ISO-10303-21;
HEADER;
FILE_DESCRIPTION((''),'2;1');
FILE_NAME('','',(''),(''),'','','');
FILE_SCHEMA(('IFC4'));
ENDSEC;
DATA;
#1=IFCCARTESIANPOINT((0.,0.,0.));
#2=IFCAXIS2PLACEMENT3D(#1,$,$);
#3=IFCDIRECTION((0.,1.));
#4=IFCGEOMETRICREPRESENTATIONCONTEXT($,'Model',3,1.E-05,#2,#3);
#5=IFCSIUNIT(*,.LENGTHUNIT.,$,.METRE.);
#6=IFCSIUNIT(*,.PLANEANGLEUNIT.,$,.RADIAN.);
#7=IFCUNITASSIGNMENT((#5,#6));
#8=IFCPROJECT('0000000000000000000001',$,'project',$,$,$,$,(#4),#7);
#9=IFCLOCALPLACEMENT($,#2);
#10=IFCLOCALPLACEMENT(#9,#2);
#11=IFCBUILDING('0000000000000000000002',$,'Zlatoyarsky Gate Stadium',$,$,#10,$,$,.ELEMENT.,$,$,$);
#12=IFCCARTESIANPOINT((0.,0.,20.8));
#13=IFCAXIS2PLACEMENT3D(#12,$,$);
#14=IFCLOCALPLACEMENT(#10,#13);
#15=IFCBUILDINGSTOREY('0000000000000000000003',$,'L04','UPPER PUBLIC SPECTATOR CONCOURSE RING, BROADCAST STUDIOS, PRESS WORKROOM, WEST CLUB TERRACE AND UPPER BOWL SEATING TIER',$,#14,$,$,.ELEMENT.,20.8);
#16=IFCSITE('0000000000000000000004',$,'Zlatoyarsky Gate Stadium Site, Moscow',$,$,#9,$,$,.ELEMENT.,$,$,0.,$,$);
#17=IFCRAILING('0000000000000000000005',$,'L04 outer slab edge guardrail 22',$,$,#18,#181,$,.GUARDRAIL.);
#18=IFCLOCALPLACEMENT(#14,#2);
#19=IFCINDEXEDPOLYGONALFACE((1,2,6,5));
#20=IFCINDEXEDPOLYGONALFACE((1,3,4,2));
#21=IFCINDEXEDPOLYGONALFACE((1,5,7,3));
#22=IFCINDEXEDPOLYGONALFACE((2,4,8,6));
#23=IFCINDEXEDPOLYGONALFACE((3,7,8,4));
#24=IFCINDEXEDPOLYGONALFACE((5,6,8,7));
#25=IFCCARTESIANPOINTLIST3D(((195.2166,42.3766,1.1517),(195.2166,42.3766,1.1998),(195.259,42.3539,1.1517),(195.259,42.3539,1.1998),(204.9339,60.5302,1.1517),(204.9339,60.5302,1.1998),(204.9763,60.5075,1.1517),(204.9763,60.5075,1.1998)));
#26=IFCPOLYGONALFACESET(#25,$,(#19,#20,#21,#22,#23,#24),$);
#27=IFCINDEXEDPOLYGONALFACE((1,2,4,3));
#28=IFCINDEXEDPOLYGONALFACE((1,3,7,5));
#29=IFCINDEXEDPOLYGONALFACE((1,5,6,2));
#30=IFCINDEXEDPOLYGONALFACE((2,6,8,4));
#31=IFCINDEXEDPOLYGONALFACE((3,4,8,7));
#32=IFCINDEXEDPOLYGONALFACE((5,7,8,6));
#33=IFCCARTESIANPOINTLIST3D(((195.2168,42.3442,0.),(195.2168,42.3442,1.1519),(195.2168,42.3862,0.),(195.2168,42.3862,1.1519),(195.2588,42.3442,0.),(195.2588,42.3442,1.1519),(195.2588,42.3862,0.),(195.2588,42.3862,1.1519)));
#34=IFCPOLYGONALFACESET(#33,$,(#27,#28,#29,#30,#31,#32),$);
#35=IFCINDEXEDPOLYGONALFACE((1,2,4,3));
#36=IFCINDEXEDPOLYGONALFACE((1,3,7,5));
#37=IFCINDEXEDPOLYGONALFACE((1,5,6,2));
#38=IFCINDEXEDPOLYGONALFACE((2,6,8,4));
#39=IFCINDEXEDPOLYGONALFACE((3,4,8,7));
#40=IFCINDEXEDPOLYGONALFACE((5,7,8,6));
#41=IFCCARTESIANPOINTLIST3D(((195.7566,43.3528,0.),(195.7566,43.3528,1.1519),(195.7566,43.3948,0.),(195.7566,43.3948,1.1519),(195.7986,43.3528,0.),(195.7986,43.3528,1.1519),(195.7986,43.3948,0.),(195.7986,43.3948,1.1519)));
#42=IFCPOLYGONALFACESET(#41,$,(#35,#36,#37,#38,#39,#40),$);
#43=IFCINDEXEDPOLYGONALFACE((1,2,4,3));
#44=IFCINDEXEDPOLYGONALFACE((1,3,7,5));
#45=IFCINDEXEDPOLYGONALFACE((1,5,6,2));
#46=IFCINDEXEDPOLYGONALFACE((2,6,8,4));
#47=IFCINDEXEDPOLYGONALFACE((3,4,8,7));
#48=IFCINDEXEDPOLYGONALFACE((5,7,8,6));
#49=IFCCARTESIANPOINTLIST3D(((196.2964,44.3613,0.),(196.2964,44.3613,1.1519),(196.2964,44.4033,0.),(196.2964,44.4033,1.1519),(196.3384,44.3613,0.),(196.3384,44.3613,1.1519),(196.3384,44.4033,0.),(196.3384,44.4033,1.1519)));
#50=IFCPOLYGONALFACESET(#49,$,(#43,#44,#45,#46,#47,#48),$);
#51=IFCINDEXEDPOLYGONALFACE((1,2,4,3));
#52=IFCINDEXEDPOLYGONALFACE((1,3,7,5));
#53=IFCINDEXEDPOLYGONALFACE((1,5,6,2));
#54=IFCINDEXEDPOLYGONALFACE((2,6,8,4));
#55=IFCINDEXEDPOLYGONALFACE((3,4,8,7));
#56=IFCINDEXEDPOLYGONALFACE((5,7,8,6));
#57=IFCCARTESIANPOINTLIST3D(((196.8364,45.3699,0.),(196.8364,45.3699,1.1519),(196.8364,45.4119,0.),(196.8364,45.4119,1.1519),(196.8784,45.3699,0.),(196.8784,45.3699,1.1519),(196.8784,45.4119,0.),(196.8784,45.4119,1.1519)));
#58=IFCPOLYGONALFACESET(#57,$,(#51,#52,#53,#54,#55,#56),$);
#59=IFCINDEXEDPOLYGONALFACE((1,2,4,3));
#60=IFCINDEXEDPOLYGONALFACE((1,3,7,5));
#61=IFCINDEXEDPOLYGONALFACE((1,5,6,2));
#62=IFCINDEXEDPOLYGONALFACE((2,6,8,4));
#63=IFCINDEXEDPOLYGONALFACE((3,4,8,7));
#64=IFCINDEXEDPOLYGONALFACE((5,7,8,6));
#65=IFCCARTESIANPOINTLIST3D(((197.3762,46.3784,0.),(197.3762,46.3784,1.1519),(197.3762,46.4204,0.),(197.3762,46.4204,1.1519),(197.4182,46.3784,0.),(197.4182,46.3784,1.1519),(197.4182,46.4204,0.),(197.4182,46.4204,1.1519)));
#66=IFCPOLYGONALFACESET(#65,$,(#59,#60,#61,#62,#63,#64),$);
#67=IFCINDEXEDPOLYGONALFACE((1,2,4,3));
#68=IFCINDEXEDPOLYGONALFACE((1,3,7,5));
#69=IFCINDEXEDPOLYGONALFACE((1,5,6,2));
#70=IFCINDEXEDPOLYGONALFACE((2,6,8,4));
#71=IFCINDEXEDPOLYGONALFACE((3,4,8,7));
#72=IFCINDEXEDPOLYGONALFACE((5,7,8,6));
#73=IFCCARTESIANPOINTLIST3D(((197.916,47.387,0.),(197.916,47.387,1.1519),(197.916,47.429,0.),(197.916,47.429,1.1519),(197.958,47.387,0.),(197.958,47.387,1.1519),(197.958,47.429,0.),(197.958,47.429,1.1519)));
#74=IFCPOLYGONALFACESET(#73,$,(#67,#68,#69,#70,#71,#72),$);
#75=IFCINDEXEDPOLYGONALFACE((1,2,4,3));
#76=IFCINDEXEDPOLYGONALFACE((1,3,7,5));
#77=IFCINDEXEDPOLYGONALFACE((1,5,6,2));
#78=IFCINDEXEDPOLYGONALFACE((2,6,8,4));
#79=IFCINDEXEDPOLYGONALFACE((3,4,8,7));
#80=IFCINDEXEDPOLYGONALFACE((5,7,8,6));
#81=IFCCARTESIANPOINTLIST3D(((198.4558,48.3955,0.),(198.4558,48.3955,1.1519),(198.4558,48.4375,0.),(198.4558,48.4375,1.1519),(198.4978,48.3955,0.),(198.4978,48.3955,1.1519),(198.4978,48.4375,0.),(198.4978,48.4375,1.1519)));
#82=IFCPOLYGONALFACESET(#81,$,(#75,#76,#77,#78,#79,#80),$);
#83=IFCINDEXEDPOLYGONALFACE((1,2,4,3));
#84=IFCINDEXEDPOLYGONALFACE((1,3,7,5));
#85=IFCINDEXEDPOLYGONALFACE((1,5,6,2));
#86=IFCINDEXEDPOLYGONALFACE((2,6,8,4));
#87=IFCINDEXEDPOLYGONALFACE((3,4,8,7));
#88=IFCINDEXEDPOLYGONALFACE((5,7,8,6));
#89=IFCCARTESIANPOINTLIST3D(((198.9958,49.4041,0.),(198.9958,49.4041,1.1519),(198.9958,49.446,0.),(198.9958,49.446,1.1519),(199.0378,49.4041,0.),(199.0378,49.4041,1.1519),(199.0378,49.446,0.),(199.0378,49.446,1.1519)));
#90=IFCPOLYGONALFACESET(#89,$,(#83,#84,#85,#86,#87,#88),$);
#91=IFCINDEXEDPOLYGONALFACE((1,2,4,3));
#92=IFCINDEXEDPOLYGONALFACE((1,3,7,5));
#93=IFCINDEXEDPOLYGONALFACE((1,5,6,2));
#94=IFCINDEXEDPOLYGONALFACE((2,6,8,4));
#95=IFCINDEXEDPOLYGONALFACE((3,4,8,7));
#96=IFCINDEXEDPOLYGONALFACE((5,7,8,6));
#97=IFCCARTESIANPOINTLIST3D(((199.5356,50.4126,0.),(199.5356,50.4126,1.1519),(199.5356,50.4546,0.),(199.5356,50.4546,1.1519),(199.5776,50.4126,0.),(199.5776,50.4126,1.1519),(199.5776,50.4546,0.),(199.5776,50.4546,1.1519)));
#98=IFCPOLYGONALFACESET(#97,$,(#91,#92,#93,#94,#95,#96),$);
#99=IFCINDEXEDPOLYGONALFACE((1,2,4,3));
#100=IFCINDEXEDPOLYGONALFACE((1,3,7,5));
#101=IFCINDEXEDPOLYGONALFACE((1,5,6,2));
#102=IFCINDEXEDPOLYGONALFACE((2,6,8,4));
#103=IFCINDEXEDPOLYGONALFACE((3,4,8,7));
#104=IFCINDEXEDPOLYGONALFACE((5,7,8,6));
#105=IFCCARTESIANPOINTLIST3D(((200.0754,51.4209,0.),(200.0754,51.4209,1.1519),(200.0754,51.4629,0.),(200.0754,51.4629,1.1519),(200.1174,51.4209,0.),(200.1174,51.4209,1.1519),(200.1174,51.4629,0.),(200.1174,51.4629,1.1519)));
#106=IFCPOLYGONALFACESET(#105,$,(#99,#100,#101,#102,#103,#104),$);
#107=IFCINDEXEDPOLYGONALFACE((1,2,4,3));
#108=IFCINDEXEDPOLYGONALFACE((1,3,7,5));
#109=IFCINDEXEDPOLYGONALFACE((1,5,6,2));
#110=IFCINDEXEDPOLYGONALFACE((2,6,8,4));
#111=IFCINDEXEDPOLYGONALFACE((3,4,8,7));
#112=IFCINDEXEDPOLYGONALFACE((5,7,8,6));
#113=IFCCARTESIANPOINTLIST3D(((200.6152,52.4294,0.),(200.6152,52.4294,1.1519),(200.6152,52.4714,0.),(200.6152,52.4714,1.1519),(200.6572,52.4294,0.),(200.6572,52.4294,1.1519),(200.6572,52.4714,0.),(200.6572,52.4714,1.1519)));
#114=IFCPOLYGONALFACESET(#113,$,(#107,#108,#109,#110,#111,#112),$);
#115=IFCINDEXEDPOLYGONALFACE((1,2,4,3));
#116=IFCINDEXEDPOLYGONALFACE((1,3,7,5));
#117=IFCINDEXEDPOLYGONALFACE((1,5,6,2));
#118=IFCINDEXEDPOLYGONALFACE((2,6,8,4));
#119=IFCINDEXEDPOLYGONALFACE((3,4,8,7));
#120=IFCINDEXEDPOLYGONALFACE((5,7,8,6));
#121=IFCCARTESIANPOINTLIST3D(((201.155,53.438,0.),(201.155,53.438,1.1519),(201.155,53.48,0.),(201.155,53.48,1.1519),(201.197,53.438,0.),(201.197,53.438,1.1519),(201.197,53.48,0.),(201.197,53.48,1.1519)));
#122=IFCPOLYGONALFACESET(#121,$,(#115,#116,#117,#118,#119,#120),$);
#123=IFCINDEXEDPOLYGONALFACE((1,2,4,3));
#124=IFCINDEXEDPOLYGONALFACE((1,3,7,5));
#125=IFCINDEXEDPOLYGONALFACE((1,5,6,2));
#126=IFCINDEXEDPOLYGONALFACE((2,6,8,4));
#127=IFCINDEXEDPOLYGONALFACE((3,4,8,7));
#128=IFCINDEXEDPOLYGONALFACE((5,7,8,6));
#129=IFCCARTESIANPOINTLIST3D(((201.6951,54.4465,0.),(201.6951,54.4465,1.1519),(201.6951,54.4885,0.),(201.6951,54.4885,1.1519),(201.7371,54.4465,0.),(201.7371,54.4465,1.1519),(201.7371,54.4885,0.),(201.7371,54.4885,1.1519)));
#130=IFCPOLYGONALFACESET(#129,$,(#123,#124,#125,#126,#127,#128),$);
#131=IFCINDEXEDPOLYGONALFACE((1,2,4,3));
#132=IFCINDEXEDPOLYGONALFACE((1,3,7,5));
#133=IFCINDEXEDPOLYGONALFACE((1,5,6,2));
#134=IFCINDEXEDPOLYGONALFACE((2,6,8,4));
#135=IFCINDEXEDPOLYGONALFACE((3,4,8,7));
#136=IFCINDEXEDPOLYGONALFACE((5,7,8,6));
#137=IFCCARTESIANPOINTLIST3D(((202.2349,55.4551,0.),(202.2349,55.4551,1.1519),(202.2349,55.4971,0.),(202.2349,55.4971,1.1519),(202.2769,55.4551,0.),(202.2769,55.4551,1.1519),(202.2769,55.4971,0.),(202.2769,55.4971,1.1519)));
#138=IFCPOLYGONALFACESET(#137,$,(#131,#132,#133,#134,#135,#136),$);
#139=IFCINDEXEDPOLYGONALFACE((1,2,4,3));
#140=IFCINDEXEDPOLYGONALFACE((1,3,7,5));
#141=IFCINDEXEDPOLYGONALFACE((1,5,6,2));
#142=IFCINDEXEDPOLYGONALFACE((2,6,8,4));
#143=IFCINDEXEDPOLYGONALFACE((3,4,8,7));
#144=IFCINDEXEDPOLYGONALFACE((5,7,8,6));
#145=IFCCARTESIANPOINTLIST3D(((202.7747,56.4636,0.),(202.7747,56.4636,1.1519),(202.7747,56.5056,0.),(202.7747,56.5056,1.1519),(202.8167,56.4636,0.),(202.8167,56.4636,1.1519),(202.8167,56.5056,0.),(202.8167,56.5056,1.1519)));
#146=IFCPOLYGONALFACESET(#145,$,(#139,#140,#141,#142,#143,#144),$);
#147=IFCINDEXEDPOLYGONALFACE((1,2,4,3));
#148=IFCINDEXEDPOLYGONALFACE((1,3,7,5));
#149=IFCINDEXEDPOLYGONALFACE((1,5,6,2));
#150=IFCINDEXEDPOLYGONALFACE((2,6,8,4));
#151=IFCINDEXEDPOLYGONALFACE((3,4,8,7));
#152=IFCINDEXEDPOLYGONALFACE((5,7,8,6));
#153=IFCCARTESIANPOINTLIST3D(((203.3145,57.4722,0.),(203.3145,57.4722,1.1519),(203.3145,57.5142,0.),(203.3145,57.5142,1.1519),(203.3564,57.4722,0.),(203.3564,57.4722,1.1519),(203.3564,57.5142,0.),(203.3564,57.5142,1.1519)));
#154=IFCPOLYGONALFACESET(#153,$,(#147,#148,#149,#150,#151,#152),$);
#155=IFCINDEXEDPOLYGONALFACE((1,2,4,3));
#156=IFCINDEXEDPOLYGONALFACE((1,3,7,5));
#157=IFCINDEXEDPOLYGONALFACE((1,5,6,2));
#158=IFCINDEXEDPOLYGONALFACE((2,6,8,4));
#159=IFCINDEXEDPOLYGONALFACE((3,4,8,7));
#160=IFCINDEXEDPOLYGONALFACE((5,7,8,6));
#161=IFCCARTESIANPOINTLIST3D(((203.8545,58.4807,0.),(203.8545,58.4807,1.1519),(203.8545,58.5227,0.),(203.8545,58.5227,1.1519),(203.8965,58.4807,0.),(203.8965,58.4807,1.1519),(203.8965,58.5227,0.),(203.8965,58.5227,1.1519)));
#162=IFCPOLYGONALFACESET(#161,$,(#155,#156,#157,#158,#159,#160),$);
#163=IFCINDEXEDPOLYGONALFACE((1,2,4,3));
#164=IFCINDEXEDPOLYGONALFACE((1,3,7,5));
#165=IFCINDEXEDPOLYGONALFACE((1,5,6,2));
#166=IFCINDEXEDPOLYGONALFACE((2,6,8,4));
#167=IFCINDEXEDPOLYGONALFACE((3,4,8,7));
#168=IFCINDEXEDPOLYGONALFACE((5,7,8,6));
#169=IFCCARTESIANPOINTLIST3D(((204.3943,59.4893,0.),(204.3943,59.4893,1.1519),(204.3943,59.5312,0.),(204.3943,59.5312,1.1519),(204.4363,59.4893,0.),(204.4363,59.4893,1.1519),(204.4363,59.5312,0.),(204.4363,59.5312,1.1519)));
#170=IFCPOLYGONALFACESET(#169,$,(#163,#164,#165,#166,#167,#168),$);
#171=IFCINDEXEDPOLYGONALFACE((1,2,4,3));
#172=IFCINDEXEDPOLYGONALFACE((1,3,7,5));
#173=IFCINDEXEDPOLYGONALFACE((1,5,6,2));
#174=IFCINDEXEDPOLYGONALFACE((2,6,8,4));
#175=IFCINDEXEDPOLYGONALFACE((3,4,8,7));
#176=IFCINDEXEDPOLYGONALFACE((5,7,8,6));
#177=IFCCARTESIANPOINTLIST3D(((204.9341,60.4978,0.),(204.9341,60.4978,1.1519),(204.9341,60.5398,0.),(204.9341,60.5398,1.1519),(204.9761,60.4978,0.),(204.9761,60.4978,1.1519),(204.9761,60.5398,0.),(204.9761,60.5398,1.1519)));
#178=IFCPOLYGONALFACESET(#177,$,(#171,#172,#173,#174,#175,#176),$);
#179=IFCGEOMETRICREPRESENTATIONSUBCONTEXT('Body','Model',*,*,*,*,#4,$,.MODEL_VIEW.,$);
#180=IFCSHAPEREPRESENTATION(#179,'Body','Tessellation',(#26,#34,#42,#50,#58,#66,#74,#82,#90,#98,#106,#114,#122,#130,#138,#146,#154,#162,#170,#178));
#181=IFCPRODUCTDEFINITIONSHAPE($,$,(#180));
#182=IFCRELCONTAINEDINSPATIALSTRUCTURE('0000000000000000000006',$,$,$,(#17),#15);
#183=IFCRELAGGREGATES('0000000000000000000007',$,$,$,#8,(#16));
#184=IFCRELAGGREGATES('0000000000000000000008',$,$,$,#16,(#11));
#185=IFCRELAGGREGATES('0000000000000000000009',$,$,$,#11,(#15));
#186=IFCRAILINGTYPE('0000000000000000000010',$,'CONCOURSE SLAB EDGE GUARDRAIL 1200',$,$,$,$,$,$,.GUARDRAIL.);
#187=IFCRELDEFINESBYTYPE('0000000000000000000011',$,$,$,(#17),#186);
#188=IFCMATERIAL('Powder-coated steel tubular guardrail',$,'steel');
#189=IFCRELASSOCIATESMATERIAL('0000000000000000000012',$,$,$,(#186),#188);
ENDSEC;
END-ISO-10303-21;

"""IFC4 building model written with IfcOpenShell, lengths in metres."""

from ifc_helpers import new_model, si_unit, direction, frame, origin, origin_2d, place, context, subcontext, project, spatial, rectangle, extrude, material, type_object, element, save


model = new_model("IFC4")

# Units and contexts
model_context = context("Model", 3, precision=1e-05, world=origin(), true_north=direction((0.0, 1.0)))
body_context = subcontext(model_context, "Body", "Model", "MODEL_VIEW")
ifc_project = project(units=[si_unit("LENGTHUNIT", "METRE"), si_unit("PLANEANGLEUNIT", "RADIAN")], contexts=[model_context])

# Site, building, storey
site_placement = place(None, origin())
site = spatial("IfcSite", under=ifc_project, at=site_placement, Name="Zlatoyarsky Gate Stadium Site, Moscow", CompositionType="ELEMENT", RefElevation=0.0)
building_placement = place(site_placement, origin())
building = spatial("IfcBuilding", under=site, at=building_placement, Name="Zlatoyarsky Gate Stadium", CompositionType="ELEMENT")
storey_placement = place(building_placement, frame((0.0, 0.0, 20.8)))
storey = spatial("IfcBuildingStorey", under=building, at=storey_placement, Name="L04", Description="UPPER PUBLIC SPECTATOR CONCOURSE RING, BROADCAST STUDIOS, PRESS WORKROOM, WEST CLUB TERRACE AND UPPER BOWL SEATING TIER", CompositionType="ELEMENT", Elevation=20.8)

# Railing
ifc_material_1 = material(Name="Powder-coated steel tubular guardrail", Category="steel")
railing_type = type_object("IfcRailingType", Name="CONCOURSE SLAB EDGE GUARDRAIL 1200", PredefinedType="GUARDRAIL", material=ifc_material_1)
railing_placement = place(storey_placement, frame((195.2378, 42.3652, 0.0)))
element("IfcRailing", 1, at=railing_placement, inside=storey, type_object=railing_type, Name="L04 outer slab edge guardrail 22", PredefinedType="GUARDRAIL", context=body_context, shape_type="SweptSolid", body=[
    extrude(rectangle(XDim=0.0481, YDim=0.0481, at=origin_2d()), frame((0.0, 0.0, 1.1758), z_axis=(0.471926, 0.881638, 0.0), x_axis=(-0.881638, 0.471926, 0.0)), (0.0, 0.0, 1.0), 20.5908),
    extrude(rectangle(XDim=0.042, YDim=0.042, at=origin_2d()), origin(), (0.0, 0.0, 1.0), 1.1519),
    extrude(rectangle(XDim=0.042, YDim=0.042, at=origin_2d()), frame((0.5398, 1.0085, 0.0)), (0.0, 0.0, 1.0), 1.1519),
    extrude(rectangle(XDim=0.042, YDim=0.042, at=origin_2d()), frame((1.0796, 2.0171, 0.0)), (0.0, 0.0, 1.0), 1.1519),
    extrude(rectangle(XDim=0.042, YDim=0.042, at=origin_2d()), frame((1.6196, 3.0256, 0.0)), (0.0, 0.0, 1.0), 1.1519),
    extrude(rectangle(XDim=0.042, YDim=0.042, at=origin_2d()), frame((2.1594, 4.0342, 0.0)), (0.0, 0.0, 1.0), 1.1519),
    extrude(rectangle(XDim=0.042, YDim=0.042, at=origin_2d()), frame((2.6992, 5.0427, 0.0)), (0.0, 0.0, 1.0), 1.1519),
    extrude(rectangle(XDim=0.042, YDim=0.042, at=origin_2d()), frame((3.239, 6.0513, 0.0)), (0.0, 0.0, 1.0), 1.1519),
    extrude(rectangle(XDim=0.042, YDim=0.042, at=origin_2d()), frame((3.7791, 7.0598, 0.0)), (0.0, 0.0, 1.0), 1.1519),
    extrude(rectangle(XDim=0.042, YDim=0.042, at=origin_2d()), frame((4.3188, 8.0684, 0.0)), (0.0, 0.0, 1.0), 1.1519),
    extrude(rectangle(XDim=0.042, YDim=0.042, at=origin_2d()), frame((4.8586, 9.0767, 0.0)), (0.0, 0.0, 1.0), 1.1519),
    extrude(rectangle(XDim=0.042, YDim=0.042, at=origin_2d()), frame((5.3984, 10.0852, 0.0)), (0.0, 0.0, 1.0), 1.1519),
    extrude(rectangle(XDim=0.042, YDim=0.042, at=origin_2d()), frame((5.9382, 11.0938, 0.0)), (0.0, 0.0, 1.0), 1.1519),
    extrude(rectangle(XDim=0.042, YDim=0.042, at=origin_2d()), frame((6.4783, 12.1023, 0.0)), (0.0, 0.0, 1.0), 1.1519),
    extrude(rectangle(XDim=0.042, YDim=0.042, at=origin_2d()), frame((7.0181, 13.1108, 0.0)), (0.0, 0.0, 1.0), 1.1519),
    extrude(rectangle(XDim=0.042, YDim=0.042, at=origin_2d()), frame((7.5579, 14.1194, 0.0)), (0.0, 0.0, 1.0), 1.1519),
    extrude(rectangle(XDim=0.042, YDim=0.042, at=origin_2d()), frame((8.0977, 15.1279, 0.0)), (0.0, 0.0, 1.0), 1.1519),
    extrude(rectangle(XDim=0.042, YDim=0.042, at=origin_2d()), frame((8.6377, 16.1365, 0.0)), (0.0, 0.0, 1.0), 1.1519),
    extrude(rectangle(XDim=0.042, YDim=0.042, at=origin_2d()), frame((9.1775, 17.145, 0.0)), (0.0, 0.0, 1.0), 1.1519),
    extrude(rectangle(XDim=0.042, YDim=0.042, at=origin_2d()), frame((9.7173, 18.1536, 0.0)), (0.0, 0.0, 1.0), 1.1519),
])

save(model, "model.ifc")
